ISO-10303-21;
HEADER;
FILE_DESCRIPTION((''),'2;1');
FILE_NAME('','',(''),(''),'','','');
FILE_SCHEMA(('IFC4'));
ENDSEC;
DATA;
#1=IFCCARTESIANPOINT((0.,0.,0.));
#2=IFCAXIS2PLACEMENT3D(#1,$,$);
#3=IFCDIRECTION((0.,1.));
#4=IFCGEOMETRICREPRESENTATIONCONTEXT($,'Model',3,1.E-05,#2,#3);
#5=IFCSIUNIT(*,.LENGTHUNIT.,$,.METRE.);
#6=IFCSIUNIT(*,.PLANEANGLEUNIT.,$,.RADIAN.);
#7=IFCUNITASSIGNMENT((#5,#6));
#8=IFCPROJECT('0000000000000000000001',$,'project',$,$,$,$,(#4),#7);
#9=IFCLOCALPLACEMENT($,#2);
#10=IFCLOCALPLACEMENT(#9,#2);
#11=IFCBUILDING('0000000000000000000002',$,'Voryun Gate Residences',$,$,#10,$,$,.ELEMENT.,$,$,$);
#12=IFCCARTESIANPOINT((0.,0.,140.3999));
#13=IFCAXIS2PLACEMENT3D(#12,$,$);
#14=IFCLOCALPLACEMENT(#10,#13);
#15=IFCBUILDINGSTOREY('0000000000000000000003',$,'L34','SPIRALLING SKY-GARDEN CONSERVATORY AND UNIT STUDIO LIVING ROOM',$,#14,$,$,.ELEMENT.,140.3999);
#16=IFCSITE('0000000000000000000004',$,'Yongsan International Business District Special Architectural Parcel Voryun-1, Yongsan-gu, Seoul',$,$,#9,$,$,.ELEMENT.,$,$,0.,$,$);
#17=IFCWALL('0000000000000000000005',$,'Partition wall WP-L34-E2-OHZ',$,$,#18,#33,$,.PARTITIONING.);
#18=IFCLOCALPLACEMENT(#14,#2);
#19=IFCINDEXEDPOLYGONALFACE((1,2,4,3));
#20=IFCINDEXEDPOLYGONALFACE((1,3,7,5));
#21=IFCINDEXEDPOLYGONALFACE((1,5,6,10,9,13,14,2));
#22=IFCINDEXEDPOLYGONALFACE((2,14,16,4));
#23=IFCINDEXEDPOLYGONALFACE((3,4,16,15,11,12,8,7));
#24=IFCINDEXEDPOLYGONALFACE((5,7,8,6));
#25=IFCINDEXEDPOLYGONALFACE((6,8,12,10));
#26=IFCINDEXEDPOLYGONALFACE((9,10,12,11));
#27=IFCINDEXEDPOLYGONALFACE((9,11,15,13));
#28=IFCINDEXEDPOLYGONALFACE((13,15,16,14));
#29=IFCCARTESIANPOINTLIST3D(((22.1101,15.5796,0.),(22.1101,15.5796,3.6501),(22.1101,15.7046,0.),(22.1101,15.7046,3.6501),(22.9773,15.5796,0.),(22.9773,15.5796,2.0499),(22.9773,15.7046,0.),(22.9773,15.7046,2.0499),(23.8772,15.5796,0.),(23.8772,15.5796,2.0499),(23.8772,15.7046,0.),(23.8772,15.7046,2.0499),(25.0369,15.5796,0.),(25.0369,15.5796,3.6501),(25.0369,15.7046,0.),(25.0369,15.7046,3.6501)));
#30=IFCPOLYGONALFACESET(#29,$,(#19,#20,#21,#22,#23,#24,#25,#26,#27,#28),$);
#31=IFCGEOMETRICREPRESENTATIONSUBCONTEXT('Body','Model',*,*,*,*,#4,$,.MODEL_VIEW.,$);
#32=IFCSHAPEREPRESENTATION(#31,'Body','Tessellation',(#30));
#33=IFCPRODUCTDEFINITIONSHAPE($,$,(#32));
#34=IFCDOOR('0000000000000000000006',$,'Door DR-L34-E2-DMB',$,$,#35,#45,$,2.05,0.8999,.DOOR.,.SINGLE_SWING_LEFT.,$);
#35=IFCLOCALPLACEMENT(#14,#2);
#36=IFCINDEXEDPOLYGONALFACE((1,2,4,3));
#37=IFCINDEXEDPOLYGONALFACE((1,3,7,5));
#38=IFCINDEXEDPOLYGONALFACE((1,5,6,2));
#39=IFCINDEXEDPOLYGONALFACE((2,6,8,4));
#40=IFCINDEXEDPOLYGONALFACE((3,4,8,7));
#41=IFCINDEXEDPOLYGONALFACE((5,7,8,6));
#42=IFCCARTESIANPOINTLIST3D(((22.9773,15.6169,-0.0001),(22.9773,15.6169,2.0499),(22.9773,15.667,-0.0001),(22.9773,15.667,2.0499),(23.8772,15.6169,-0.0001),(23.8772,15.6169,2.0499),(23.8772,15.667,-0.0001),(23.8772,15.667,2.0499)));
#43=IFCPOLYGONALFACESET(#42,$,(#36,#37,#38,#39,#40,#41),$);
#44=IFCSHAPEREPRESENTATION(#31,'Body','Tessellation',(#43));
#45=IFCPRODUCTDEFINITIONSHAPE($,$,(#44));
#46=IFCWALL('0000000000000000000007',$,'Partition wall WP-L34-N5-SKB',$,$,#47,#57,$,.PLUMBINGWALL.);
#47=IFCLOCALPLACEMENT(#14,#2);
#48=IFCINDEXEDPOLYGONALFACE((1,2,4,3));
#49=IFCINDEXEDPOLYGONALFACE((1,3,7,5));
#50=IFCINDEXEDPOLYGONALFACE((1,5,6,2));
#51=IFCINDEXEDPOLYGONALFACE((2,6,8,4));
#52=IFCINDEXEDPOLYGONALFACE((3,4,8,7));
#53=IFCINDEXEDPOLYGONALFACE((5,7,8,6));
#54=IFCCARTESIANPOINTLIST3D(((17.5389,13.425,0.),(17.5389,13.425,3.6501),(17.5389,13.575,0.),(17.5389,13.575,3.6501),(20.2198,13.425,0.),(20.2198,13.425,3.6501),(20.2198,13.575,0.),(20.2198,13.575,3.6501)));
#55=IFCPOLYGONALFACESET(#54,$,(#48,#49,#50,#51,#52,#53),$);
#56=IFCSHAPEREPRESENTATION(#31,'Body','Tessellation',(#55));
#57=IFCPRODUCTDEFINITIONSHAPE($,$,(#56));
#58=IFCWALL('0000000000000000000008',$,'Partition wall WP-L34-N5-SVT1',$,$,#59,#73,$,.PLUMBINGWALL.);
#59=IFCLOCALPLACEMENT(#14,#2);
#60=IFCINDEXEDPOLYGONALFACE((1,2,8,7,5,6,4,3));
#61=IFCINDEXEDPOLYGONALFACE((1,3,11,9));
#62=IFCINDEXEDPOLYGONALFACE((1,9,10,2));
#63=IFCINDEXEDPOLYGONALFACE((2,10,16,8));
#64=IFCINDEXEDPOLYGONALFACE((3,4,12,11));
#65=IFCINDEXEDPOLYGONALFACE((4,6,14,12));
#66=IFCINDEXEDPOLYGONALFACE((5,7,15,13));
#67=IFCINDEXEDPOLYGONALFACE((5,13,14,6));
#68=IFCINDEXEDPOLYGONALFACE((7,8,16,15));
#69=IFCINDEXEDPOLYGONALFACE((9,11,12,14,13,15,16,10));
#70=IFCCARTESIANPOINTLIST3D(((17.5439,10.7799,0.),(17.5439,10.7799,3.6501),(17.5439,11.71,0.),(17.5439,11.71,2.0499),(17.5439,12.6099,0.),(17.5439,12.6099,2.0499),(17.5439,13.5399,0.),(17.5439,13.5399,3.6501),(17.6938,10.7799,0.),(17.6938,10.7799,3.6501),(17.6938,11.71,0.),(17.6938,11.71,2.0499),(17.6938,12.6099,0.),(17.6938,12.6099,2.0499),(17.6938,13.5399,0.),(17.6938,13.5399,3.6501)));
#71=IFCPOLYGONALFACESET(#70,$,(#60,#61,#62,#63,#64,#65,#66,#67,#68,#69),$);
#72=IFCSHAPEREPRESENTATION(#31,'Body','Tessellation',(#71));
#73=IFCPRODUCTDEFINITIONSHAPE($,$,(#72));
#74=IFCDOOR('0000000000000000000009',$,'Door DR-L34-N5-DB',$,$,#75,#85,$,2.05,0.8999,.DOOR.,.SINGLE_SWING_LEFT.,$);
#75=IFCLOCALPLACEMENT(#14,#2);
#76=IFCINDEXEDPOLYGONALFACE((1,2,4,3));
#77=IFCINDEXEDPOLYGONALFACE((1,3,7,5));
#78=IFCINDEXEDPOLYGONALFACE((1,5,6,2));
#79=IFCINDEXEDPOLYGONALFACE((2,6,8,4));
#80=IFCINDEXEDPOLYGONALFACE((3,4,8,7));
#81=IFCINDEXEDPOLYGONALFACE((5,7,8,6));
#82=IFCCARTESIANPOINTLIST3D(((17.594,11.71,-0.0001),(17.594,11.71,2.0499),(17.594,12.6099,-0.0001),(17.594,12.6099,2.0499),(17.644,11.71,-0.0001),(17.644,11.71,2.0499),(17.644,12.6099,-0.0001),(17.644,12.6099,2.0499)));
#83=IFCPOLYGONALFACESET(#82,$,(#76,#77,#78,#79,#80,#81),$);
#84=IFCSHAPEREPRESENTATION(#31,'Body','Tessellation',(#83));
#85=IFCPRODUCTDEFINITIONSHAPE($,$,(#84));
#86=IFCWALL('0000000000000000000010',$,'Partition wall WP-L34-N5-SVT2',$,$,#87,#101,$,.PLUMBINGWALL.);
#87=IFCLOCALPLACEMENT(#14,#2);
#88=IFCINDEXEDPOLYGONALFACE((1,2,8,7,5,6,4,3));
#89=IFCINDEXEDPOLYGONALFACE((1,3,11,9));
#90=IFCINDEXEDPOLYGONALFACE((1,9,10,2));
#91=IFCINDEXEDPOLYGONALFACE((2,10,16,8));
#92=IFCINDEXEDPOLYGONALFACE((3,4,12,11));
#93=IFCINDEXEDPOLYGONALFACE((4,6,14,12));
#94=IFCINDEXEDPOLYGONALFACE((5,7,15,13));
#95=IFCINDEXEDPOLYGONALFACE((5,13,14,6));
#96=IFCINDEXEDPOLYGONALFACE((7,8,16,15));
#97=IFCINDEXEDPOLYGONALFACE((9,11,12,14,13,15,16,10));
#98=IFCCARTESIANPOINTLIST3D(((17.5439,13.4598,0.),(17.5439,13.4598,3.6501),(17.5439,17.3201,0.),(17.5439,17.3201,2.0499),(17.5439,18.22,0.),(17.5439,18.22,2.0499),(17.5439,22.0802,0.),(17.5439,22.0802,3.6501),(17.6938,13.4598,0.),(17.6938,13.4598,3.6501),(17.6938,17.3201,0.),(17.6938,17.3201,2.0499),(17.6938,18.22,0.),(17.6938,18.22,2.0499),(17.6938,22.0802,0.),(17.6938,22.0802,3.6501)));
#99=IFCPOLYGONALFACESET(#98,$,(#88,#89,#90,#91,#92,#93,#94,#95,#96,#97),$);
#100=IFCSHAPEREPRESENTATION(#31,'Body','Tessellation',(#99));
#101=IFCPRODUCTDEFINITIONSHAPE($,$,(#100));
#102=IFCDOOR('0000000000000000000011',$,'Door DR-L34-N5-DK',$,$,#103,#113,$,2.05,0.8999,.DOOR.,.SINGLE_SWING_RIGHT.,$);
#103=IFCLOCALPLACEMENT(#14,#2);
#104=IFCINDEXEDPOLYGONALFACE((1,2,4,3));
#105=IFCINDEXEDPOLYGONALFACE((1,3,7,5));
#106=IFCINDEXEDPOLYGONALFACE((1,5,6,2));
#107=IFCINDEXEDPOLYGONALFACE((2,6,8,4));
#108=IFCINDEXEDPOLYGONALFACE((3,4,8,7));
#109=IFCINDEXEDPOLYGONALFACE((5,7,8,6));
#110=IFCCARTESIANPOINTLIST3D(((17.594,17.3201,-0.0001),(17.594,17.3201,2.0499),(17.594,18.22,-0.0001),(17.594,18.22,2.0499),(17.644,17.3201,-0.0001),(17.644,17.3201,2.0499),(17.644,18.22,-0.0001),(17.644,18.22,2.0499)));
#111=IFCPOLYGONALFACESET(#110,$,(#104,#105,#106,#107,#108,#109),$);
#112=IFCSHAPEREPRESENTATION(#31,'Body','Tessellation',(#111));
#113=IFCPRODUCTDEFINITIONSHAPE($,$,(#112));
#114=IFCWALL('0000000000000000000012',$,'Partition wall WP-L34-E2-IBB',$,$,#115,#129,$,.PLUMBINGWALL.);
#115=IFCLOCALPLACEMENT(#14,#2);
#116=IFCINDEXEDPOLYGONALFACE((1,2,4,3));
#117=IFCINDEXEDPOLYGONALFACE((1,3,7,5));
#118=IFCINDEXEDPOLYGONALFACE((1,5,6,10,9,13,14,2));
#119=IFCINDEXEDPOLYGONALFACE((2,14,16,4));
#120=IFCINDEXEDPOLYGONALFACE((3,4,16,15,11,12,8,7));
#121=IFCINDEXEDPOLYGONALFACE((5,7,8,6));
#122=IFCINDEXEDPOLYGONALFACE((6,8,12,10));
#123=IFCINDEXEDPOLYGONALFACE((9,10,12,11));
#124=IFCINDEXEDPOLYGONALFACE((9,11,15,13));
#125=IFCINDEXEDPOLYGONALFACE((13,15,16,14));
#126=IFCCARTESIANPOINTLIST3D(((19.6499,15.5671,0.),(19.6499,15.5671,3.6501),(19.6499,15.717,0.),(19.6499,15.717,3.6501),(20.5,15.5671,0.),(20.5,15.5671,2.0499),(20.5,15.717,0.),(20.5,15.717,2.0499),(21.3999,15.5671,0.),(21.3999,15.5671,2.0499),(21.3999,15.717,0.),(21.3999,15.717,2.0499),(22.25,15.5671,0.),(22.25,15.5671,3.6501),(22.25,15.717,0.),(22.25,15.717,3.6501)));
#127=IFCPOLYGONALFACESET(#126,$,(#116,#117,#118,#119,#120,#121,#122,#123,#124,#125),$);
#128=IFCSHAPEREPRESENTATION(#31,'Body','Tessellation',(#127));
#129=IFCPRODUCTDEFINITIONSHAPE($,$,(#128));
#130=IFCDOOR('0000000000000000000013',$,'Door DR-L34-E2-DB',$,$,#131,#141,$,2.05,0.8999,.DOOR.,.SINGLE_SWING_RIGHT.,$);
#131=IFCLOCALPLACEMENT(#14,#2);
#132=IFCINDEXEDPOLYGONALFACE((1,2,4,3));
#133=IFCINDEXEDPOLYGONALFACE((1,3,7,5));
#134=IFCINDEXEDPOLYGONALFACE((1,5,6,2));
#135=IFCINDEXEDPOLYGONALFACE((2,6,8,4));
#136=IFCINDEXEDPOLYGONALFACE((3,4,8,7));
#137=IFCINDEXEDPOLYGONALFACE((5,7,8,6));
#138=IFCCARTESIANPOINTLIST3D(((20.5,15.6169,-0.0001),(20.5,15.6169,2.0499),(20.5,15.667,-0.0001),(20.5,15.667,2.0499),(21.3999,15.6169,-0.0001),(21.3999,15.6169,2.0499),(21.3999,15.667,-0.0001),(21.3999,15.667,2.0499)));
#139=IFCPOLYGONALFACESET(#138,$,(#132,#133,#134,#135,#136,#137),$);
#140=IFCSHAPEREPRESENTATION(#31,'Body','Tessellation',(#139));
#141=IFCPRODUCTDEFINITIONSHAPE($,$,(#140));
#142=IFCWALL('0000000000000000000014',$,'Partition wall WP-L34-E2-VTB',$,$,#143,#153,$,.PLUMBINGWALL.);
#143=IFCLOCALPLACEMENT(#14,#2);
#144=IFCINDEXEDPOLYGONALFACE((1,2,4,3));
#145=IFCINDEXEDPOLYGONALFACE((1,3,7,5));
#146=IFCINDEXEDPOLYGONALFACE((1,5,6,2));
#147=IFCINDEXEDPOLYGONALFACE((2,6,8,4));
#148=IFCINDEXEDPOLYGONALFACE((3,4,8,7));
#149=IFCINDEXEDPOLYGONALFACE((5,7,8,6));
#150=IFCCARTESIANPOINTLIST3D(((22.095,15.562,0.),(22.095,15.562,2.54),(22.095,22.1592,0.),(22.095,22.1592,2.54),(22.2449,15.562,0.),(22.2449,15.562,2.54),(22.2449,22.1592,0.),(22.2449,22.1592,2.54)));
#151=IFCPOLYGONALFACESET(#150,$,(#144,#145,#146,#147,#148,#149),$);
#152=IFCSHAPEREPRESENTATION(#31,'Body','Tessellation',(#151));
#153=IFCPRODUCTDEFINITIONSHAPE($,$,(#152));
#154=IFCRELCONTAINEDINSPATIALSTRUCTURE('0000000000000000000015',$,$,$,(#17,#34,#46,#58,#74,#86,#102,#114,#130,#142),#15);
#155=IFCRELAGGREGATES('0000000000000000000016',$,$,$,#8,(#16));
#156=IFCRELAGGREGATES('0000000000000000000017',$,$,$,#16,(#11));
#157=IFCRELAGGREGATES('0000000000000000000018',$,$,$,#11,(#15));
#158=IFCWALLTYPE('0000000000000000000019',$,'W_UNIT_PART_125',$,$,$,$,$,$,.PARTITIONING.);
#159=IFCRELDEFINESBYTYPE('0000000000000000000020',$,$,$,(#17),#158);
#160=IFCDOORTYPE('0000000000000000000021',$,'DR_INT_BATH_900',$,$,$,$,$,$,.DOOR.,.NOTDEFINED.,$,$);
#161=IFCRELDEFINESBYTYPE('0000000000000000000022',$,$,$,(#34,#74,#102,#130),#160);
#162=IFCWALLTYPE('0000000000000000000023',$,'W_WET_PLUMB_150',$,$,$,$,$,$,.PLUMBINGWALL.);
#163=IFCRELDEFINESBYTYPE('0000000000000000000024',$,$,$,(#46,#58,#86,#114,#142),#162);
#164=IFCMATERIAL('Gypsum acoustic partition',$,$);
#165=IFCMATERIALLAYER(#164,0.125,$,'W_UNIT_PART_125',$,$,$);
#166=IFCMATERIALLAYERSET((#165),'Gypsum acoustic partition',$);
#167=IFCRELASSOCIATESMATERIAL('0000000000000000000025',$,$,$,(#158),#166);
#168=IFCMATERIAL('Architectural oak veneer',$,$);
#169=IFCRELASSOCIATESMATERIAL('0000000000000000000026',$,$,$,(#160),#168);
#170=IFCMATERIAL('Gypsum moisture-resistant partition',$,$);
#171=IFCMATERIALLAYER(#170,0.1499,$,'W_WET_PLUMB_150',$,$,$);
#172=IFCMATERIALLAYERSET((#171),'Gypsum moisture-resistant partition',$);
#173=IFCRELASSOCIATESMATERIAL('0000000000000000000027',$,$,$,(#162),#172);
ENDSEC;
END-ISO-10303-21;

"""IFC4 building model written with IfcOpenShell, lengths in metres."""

from ifc_helpers import new_model, si_unit, direction, frame, frame_2d, origin, place, context, subcontext, project, spatial, rectangle, extrude, material, layer, layer_set, type_object, element, fill, save


model = new_model("IFC4")

# Units and contexts
model_context = context("Model", 3, precision=1e-05, world=origin(), true_north=direction((0.0, 1.0)))
body_context = subcontext(model_context, "Body", "Model", "MODEL_VIEW")
ifc_project = project(units=[si_unit("LENGTHUNIT", "METRE"), si_unit("PLANEANGLEUNIT", "RADIAN")], contexts=[model_context])

# Site, building, storey
site_placement = place(None, origin())
site = spatial("IfcSite", under=ifc_project, at=site_placement, Name="Yongsan International Business District Special Architectural Parcel Voryun-1, Yongsan-gu, Seoul", CompositionType="ELEMENT", RefElevation=0.0)
building_placement = place(site_placement, origin())
building = spatial("IfcBuilding", under=site, at=building_placement, Name="Voryun Gate Residences", CompositionType="ELEMENT")
storey_placement = place(building_placement, frame((0.0, 0.0, 140.3999)))
storey = spatial("IfcBuildingStorey", under=building, at=storey_placement, Name="L34", Description="SPIRALLING SKY-GARDEN CONSERVATORY AND UNIT STUDIO LIVING ROOM", CompositionType="ELEMENT", Elevation=140.3999)

# Wall, opening, door
ifc_material_1 = material(Name="Gypsum acoustic partition")
ifc_layer_1 = layer(ifc_material_1, 0.125, Name="W_UNIT_PART_125")
ifc_layer_set_1 = layer_set([ifc_layer_1], Name="Gypsum acoustic partition")
wall_type_1 = type_object("IfcWallType", Name="W_UNIT_PART_125", PredefinedType="PARTITIONING", material=ifc_layer_set_1)
wall_1_placement = place(storey_placement, frame((22.1101, 15.6421, 0.0), z_axis=(0.0, 0.0, 1.0), x_axis=(1.0, 0.0, 0.0)))
wall_1 = element("IfcWall", 1, at=wall_1_placement, inside=storey, type_object=wall_type_1, Name="Partition wall WP-L34-E2-OHZ", PredefinedType="PARTITIONING", context=body_context, shape_type="SweptSolid", body=[
    extrude(rectangle(XDim=2.9268, YDim=0.125, at=frame_2d((1.4634, 0.0))), origin(), (0.0, 0.0, 1.0), 3.6501),
])
opening_1_placement = place(wall_1_placement, frame((0.8672, 0.0, 0.0)))
opening_1 = element("IfcOpeningElement", 2, at=opening_1_placement, cuts=wall_1, PredefinedType="OPENING", context=body_context, shape_type="SweptSolid", body=[
    extrude(rectangle(XDim=0.8999, YDim=2.05, at=frame_2d((0.45, 1.0249))), frame((0.0, 0.0725, 0.0), z_axis=(0.0, -1.0, 0.0), x_axis=(1.0, 0.0, 0.0)), (0.0, 0.0, 1.0), 0.145),
])
ifc_material_2 = material(Name="Architectural oak veneer")
door_type = type_object("IfcDoorType", Name="DR_INT_BATH_900", OperationType="NOTDEFINED", PredefinedType="DOOR", material=ifc_material_2)
door_1_placement = place(opening_1_placement, origin())
door_1 = element("IfcDoor", 3, at=door_1_placement, inside=storey, type_object=door_type, Name="Door DR-L34-E2-DMB", OperationType="SINGLE_SWING_LEFT", OverallHeight=2.05, OverallWidth=0.8999, PredefinedType="DOOR", context=body_context, shape_type="SweptSolid", body=[
    extrude(rectangle(XDim=0.8999, YDim=2.05, at=frame_2d((0.45, 1.0249))), frame((0.0, 0.0249, 0.0), z_axis=(0.0, -1.0, 0.0), x_axis=(1.0, 0.0, 0.0)), (0.0, 0.0, 1.0), 0.05),
])
fill(opening_1, door_1)

# Wall
ifc_material_3 = material(Name="Gypsum moisture-resistant partition")
ifc_layer_2 = layer(ifc_material_3, 0.1499, Name="W_WET_PLUMB_150")
ifc_layer_set_2 = layer_set([ifc_layer_2], Name="Gypsum moisture-resistant partition")
wall_type_2 = type_object("IfcWallType", Name="W_WET_PLUMB_150", PredefinedType="PLUMBINGWALL", material=ifc_layer_set_2)
wall_2_placement = place(storey_placement, frame((17.5391, 13.5, 0.0), z_axis=(0.0, 0.0, 1.0), x_axis=(1.0, 0.0, 0.0)))
element("IfcWall", 4, at=wall_2_placement, inside=storey, type_object=wall_type_2, Name="Partition wall WP-L34-N5-SKB", PredefinedType="PLUMBINGWALL", context=body_context, shape_type="SweptSolid", body=[
    extrude(rectangle(XDim=2.6809, YDim=0.1499, at=frame_2d((1.3403, 0.0))), origin(), (0.0, 0.0, 1.0), 3.6501),
])

# Walls, openings, doors
wall_3_placement = place(storey_placement, frame((17.6189, 10.78, 0.0), z_axis=(0.0, 0.0, 1.0), x_axis=(0.0, 1.0, 0.0)))
wall_3 = element("IfcWall", 5, at=wall_3_placement, inside=storey, type_object=wall_type_2, Name="Partition wall WP-L34-N5-SVT1", PredefinedType="PLUMBINGWALL", context=body_context, shape_type="SweptSolid", body=[
    extrude(rectangle(XDim=2.76, YDim=0.1499, at=frame_2d((1.3799, 0.0))), origin(), (0.0, 0.0, 1.0), 3.6501),
])
opening_2_placement = place(wall_3_placement, frame((0.9299, 0.0, 0.0)))
opening_2 = element("IfcOpeningElement", 6, at=opening_2_placement, cuts=wall_3, PredefinedType="OPENING", context=body_context, shape_type="SweptSolid", body=[
    extrude(rectangle(XDim=0.8999, YDim=2.05, at=frame_2d((0.45, 1.0249))), frame((0.0, 0.085, 0.0), z_axis=(0.0, -1.0, 0.0), x_axis=(1.0, 0.0, 0.0)), (0.0, 0.0, 1.0), 0.1699),
])
door_2_placement = place(opening_2_placement, origin())
door_2 = element("IfcDoor", 7, at=door_2_placement, inside=storey, type_object=door_type, Name="Door DR-L34-N5-DB", OperationType="SINGLE_SWING_LEFT", OverallHeight=2.05, OverallWidth=0.8999, PredefinedType="DOOR", context=body_context, shape_type="SweptSolid", body=[
    extrude(rectangle(XDim=0.8999, YDim=2.05, at=frame_2d((0.45, 1.0249))), frame((0.0, 0.0249, 0.0), z_axis=(0.0, -1.0, 0.0), x_axis=(1.0, 0.0, 0.0)), (0.0, 0.0, 1.0), 0.05),
])
fill(opening_2, door_2)
wall_4_placement = place(storey_placement, frame((17.6189, 13.46, 0.0), z_axis=(0.0, 0.0, 1.0), x_axis=(0.0, 1.0, 0.0)))
wall_4 = element("IfcWall", 8, at=wall_4_placement, inside=storey, type_object=wall_type_2, Name="Partition wall WP-L34-N5-SVT2", PredefinedType="PLUMBINGWALL", context=body_context, shape_type="SweptSolid", body=[
    extrude(rectangle(XDim=8.6204, YDim=0.1499, at=frame_2d((4.3101, 0.0))), origin(), (0.0, 0.0, 1.0), 3.6501),
])
opening_3_placement = place(wall_4_placement, frame((3.8601, 0.0, 0.0)))
opening_3 = element("IfcOpeningElement", 9, at=opening_3_placement, cuts=wall_4, PredefinedType="OPENING", context=body_context, shape_type="SweptSolid", body=[
    extrude(rectangle(XDim=0.8999, YDim=2.05, at=frame_2d((0.45, 1.0249))), frame((0.0, 0.085, 0.0), z_axis=(0.0, -1.0, 0.0), x_axis=(1.0, 0.0, 0.0)), (0.0, 0.0, 1.0), 0.1699),
])
door_3_placement = place(opening_3_placement, origin())
door_3 = element("IfcDoor", 10, at=door_3_placement, inside=storey, type_object=door_type, Name="Door DR-L34-N5-DK", OperationType="SINGLE_SWING_RIGHT", OverallHeight=2.05, OverallWidth=0.8999, PredefinedType="DOOR", context=body_context, shape_type="SweptSolid", body=[
    extrude(rectangle(XDim=0.8999, YDim=2.05, at=frame_2d((0.45, 1.0249))), frame((0.0, 0.0249, 0.0), z_axis=(0.0, -1.0, 0.0), x_axis=(1.0, 0.0, 0.0)), (0.0, 0.0, 1.0), 0.05),
])
fill(opening_3, door_3)
wall_5_placement = place(storey_placement, frame((19.6499, 15.6421, 0.0), z_axis=(0.0, 0.0, 1.0), x_axis=(1.0, 0.0, 0.0)))
wall_5 = element("IfcWall", 11, at=wall_5_placement, inside=storey, type_object=wall_type_2, Name="Partition wall WP-L34-E2-IBB", PredefinedType="PLUMBINGWALL", context=body_context, shape_type="SweptSolid", body=[
    extrude(rectangle(XDim=2.6001, YDim=0.1499, at=frame_2d((1.3, 0.0))), origin(), (0.0, 0.0, 1.0), 3.6501),
])
opening_4_placement = place(wall_5_placement, frame((0.8501, 0.0, 0.0)))
opening_4 = element("IfcOpeningElement", 12, at=opening_4_placement, cuts=wall_5, PredefinedType="OPENING", context=body_context, shape_type="SweptSolid", body=[
    extrude(rectangle(XDim=0.8999, YDim=2.05, at=frame_2d((0.45, 1.0249))), frame((0.0, 0.085, 0.0), z_axis=(0.0, -1.0, 0.0), x_axis=(1.0, 0.0, 0.0)), (0.0, 0.0, 1.0), 0.1699),
])
door_4_placement = place(opening_4_placement, origin())
door_4 = element("IfcDoor", 13, at=door_4_placement, inside=storey, type_object=door_type, Name="Door DR-L34-E2-DB", OperationType="SINGLE_SWING_RIGHT", OverallHeight=2.05, OverallWidth=0.8999, PredefinedType="DOOR", context=body_context, shape_type="SweptSolid", body=[
    extrude(rectangle(XDim=0.8999, YDim=2.05, at=frame_2d((0.45, 1.0249))), frame((0.0, 0.0249, 0.0), z_axis=(0.0, -1.0, 0.0), x_axis=(1.0, 0.0, 0.0)), (0.0, 0.0, 1.0), 0.05),
])
fill(opening_4, door_4)

# Wall
wall_6_placement = place(storey_placement, frame((22.1699, 15.562, 0.0), z_axis=(0.0, 0.0, 1.0), x_axis=(0.0, 1.0, 0.0)))
element("IfcWall", 14, at=wall_6_placement, inside=storey, type_object=wall_type_2, Name="Partition wall WP-L34-E2-VTB", PredefinedType="PLUMBINGWALL", context=body_context, shape_type="SweptSolid", body=[
    extrude(rectangle(XDim=6.5972, YDim=0.1499, at=frame_2d((3.2986, 0.0))), origin(), (0.0, 0.0, 1.0), 2.54),
])

save(model, "model.ifc")
